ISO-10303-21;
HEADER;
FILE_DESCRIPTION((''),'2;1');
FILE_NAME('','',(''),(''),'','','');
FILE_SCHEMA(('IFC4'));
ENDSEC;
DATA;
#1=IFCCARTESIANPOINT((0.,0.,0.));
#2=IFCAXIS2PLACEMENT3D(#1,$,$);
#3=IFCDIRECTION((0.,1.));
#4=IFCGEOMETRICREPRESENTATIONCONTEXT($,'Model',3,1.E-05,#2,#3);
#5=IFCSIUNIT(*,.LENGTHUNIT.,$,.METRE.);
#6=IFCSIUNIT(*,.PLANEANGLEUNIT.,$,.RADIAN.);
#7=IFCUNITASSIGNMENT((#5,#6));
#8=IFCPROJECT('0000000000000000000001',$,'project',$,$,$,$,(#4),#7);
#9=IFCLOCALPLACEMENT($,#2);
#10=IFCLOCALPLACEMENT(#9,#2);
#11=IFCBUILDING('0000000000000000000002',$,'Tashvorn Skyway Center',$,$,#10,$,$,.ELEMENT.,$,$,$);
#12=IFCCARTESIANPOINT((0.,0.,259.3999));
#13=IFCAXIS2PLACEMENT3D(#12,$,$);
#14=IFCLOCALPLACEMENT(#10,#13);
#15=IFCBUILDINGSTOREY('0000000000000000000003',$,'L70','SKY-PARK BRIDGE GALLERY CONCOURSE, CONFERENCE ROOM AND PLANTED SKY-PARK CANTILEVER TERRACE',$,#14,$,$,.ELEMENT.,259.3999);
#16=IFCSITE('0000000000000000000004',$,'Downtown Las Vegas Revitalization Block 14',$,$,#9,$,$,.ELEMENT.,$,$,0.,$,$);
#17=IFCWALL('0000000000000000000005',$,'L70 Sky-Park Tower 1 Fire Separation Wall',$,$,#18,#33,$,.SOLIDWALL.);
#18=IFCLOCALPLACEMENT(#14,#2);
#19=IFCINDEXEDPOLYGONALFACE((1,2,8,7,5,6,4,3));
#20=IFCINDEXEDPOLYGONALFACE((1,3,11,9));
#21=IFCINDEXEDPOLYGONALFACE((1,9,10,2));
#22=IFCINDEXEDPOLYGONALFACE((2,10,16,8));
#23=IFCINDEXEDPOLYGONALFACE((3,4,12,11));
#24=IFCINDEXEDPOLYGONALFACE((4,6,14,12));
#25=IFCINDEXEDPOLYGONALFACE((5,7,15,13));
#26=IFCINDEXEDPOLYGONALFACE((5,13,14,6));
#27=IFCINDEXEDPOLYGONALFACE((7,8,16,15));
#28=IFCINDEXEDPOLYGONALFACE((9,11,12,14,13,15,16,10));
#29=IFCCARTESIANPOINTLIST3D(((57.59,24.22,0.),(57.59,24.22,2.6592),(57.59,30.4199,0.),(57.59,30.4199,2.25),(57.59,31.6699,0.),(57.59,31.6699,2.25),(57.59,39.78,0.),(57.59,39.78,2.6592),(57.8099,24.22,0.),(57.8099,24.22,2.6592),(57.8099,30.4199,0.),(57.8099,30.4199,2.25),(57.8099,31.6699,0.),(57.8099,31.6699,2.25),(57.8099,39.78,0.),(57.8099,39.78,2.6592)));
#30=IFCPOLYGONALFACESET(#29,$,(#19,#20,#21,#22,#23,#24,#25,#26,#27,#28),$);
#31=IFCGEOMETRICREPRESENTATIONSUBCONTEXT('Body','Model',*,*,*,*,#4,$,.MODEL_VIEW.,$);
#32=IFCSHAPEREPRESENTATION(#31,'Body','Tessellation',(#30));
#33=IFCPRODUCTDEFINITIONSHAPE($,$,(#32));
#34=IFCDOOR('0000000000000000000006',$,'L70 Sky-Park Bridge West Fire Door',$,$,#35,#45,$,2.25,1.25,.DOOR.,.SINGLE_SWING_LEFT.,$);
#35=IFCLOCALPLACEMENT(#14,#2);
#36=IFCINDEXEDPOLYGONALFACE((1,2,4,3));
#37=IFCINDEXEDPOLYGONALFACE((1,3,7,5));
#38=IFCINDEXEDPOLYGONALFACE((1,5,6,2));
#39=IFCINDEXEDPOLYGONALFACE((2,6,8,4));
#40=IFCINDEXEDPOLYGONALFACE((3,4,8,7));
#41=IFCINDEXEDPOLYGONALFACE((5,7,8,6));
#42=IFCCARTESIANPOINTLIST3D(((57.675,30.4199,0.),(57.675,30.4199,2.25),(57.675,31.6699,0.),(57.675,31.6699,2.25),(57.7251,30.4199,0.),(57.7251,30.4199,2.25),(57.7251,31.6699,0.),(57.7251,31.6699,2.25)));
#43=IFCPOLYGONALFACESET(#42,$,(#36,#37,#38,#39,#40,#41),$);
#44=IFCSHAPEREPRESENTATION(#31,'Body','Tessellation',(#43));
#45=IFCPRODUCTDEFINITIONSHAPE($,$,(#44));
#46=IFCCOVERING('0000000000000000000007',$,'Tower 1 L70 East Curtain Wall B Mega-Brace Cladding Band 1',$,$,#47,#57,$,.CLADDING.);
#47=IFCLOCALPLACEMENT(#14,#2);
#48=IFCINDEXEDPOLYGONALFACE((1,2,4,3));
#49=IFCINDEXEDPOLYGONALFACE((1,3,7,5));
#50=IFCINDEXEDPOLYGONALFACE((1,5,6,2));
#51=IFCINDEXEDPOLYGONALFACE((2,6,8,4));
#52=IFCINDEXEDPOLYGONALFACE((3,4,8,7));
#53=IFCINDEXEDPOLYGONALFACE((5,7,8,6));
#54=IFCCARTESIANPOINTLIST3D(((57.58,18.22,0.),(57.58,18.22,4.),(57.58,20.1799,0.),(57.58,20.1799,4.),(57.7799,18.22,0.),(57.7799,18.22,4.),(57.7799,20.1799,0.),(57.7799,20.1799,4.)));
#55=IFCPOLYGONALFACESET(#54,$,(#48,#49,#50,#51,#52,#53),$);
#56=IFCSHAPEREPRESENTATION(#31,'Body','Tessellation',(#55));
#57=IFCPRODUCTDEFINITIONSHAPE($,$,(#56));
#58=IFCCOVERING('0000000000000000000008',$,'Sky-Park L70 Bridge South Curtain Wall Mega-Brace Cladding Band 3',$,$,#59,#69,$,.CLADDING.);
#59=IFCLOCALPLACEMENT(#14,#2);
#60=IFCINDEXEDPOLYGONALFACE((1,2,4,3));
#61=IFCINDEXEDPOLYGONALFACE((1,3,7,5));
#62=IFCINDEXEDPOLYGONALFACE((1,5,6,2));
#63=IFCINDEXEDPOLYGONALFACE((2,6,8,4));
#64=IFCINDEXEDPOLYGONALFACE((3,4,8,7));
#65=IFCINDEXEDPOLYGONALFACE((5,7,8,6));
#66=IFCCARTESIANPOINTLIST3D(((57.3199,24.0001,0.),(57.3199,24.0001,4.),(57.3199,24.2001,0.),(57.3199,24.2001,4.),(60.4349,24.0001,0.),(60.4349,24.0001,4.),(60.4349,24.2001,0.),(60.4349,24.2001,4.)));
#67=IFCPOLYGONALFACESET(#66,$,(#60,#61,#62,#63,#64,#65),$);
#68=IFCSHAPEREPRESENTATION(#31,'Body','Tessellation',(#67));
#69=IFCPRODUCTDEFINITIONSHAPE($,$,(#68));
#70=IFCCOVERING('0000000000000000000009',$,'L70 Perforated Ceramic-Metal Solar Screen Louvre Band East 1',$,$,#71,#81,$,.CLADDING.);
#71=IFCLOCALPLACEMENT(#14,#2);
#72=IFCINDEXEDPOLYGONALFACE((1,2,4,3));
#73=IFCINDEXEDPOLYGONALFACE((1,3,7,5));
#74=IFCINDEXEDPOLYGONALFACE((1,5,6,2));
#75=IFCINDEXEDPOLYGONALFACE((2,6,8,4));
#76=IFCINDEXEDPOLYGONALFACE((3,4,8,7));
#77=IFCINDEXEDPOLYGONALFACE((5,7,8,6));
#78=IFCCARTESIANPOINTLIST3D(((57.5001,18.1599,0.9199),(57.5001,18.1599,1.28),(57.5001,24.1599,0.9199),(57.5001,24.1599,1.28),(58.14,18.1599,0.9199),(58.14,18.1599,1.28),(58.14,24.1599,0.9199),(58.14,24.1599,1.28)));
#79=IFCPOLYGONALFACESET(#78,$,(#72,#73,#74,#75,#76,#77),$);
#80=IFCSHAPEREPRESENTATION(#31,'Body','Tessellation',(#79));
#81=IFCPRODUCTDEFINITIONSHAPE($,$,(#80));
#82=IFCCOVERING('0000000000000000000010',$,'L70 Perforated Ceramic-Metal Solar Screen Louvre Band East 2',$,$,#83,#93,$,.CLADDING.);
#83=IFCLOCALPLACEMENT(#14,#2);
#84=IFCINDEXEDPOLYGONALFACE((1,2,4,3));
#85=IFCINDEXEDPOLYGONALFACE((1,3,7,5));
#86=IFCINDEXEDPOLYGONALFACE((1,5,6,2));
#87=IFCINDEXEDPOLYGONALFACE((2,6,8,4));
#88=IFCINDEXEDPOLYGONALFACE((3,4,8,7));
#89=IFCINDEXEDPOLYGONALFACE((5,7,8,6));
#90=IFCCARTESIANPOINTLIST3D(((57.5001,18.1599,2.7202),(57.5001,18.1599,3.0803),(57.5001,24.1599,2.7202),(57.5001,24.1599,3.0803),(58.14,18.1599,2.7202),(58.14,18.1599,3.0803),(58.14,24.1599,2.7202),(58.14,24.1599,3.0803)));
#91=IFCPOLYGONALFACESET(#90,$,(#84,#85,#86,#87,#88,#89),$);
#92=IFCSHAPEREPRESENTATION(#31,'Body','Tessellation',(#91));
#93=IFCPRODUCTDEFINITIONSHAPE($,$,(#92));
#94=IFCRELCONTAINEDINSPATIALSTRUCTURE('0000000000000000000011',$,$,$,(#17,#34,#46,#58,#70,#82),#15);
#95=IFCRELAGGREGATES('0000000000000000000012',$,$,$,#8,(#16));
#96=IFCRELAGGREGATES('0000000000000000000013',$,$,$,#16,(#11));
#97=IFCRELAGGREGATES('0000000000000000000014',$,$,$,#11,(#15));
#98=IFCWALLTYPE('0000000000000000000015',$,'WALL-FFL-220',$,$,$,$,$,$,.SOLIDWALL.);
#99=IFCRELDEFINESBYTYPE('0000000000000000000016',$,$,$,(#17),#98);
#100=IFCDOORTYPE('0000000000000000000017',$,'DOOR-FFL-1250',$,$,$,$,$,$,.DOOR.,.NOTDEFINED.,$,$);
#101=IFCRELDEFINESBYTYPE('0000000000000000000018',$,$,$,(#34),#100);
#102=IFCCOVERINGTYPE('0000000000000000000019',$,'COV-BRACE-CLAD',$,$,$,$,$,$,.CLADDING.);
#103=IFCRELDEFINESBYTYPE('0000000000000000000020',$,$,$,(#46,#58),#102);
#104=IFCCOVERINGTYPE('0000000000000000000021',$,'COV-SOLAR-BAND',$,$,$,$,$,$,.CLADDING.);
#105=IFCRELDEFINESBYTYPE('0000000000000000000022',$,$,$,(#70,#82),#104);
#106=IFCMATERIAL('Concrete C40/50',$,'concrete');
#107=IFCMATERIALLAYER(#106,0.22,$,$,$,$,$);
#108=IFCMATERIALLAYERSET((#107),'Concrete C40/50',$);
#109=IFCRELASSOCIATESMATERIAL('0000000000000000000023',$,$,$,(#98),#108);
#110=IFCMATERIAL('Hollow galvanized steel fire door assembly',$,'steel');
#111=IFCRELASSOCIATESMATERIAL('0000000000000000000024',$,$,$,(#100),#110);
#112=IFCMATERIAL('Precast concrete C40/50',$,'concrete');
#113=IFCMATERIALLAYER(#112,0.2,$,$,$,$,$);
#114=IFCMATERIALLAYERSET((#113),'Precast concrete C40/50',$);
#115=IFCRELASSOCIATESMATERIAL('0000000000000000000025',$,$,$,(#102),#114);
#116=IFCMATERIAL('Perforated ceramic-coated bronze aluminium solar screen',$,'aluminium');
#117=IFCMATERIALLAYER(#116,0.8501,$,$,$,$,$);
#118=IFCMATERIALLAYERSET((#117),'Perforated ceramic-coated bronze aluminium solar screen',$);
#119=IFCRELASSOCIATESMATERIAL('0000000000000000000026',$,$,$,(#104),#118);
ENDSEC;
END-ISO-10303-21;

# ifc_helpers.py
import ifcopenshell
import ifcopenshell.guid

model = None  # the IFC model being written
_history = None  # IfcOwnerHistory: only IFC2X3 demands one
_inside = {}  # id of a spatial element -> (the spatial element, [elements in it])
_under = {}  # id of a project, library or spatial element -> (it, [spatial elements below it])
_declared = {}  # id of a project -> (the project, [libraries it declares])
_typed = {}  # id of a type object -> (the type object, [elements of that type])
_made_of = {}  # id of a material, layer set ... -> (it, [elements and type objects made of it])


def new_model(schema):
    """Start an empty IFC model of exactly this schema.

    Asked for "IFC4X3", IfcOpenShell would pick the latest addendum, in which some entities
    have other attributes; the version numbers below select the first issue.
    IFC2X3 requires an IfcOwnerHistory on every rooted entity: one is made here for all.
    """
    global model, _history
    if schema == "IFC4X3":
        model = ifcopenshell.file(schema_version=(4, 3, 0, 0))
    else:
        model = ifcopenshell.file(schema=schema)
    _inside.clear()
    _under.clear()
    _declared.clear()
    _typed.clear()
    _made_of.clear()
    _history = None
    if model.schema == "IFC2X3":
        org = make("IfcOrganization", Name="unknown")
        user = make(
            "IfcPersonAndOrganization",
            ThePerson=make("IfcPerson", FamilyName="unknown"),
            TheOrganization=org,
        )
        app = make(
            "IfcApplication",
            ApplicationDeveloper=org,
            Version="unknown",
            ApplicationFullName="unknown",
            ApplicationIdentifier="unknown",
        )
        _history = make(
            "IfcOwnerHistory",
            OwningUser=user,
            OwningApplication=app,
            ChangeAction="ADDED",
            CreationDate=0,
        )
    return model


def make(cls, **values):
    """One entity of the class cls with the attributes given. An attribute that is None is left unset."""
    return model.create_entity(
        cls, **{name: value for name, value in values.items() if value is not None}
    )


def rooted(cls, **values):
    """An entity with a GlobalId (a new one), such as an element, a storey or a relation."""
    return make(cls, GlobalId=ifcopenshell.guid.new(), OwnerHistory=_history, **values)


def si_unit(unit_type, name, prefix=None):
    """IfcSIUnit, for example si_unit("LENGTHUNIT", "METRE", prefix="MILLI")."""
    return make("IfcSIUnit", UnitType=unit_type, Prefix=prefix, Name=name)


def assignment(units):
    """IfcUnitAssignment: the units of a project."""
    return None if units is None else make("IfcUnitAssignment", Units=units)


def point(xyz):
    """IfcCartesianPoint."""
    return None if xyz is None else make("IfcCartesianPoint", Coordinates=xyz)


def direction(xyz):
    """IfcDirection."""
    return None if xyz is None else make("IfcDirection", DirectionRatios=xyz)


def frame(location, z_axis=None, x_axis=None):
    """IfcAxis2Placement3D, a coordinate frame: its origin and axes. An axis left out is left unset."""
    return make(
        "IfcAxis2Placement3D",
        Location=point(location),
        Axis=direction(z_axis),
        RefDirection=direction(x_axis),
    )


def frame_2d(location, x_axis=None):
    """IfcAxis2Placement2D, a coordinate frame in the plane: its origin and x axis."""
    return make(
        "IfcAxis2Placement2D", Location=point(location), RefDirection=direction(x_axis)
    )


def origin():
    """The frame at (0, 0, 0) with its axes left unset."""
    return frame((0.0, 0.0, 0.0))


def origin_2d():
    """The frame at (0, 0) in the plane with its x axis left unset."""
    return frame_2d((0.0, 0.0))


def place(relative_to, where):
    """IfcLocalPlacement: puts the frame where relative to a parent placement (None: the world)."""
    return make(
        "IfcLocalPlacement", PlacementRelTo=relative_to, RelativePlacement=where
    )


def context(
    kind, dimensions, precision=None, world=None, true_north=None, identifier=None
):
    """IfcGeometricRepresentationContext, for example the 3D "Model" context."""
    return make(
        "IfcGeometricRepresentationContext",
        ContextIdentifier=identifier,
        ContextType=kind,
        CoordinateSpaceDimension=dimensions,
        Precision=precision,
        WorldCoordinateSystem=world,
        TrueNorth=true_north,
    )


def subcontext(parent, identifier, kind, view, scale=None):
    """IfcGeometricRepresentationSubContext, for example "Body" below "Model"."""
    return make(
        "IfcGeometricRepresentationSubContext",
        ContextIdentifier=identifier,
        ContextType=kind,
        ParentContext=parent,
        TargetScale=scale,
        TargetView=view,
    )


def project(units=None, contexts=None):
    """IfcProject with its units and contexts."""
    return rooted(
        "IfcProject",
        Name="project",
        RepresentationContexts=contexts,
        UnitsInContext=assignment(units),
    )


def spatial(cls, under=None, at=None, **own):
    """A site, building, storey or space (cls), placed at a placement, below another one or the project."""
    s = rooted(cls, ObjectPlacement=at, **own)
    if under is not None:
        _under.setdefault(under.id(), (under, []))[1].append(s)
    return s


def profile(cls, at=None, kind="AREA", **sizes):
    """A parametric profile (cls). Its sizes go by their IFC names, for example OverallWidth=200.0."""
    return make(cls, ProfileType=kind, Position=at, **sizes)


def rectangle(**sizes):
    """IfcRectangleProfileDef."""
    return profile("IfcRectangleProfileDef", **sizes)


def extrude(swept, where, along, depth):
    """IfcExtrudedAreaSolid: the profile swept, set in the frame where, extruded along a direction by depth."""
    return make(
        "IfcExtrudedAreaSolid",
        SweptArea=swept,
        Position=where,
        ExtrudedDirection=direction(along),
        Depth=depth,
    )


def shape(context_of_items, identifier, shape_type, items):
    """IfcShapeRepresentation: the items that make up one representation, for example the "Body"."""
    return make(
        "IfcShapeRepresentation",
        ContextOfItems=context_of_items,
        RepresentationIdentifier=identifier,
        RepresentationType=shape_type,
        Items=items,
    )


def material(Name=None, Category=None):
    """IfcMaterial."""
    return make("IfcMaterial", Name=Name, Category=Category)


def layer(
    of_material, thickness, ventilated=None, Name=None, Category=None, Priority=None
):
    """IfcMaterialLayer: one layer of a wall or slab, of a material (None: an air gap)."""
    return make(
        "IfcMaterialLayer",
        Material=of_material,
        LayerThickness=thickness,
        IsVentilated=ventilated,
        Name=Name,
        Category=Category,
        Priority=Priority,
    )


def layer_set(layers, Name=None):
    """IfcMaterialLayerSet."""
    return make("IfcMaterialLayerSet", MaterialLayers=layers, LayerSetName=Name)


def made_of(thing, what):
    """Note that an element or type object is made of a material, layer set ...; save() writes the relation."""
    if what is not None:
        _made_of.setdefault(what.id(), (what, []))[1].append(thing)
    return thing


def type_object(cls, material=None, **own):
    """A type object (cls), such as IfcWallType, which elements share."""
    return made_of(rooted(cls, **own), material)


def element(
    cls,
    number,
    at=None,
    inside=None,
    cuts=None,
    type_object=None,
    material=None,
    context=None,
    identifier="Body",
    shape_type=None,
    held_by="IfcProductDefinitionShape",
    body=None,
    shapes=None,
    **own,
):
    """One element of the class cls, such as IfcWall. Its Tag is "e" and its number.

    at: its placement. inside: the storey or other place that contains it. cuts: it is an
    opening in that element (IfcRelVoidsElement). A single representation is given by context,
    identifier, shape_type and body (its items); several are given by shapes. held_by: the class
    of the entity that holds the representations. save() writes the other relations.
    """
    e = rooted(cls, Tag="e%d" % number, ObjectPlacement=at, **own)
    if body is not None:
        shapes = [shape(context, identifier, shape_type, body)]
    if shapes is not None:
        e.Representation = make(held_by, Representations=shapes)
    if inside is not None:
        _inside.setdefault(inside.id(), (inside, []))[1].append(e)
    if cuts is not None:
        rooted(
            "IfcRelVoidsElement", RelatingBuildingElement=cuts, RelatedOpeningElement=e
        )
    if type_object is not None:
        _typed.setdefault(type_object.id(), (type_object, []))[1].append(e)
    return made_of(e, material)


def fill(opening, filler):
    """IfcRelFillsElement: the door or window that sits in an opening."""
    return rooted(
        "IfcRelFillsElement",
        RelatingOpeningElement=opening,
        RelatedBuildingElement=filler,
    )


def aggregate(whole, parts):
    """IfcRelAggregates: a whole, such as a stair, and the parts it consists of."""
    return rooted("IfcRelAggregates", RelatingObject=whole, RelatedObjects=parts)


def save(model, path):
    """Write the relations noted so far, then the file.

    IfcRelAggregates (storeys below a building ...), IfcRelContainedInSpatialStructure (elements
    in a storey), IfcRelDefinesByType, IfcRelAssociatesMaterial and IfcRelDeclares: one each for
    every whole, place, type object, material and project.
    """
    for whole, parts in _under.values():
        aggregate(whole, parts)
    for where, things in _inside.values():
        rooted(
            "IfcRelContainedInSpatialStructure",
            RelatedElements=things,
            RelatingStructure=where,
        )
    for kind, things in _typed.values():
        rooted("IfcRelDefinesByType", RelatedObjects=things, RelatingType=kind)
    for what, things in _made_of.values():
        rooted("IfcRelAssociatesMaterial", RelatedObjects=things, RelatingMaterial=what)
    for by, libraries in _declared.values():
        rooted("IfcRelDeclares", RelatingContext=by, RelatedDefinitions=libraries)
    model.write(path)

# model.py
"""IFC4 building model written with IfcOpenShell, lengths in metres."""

from ifc_helpers import new_model, si_unit, direction, frame, frame_2d, origin, origin_2d, place, context, subcontext, project, spatial, rectangle, extrude, material, layer, layer_set, type_object, element, fill, save


model = new_model("IFC4")

# Units and contexts
model_context = context("Model", 3, precision=1e-05, world=origin(), true_north=direction((0.0, 1.0)))
body_context = subcontext(model_context, "Body", "Model", "MODEL_VIEW")
ifc_project = project(units=[si_unit("LENGTHUNIT", "METRE"), si_unit("PLANEANGLEUNIT", "RADIAN")], contexts=[model_context])

# Site, building, storey
site_placement = place(None, origin())
site = spatial("IfcSite", under=ifc_project, at=site_placement, Name="Downtown Las Vegas Revitalization Block 14", CompositionType="ELEMENT", RefElevation=0.0)
building_placement = place(site_placement, origin())
building = spatial("IfcBuilding", under=site, at=building_placement, Name="Tashvorn Skyway Center", CompositionType="ELEMENT")
storey_placement = place(building_placement, frame((0.0, 0.0, 259.3999)))
storey = spatial("IfcBuildingStorey", under=building, at=storey_placement, Name="L70", Description="SKY-PARK BRIDGE GALLERY CONCOURSE, CONFERENCE ROOM AND PLANTED SKY-PARK CANTILEVER TERRACE", CompositionType="ELEMENT", Elevation=259.3999)

# Shared definitions
ifc_material_1 = material(Name="Precast concrete C40/50", Category="concrete")

# Wall, opening, door
ifc_material_2 = material(Name="Concrete C40/50", Category="concrete")
ifc_layer_1 = layer(ifc_material_2, 0.22)
ifc_layer_set_1 = layer_set([ifc_layer_1], Name="Concrete C40/50")
wall_type_1 = type_object("IfcWallType", Name="WALL-FFL-220", PredefinedType="SOLIDWALL", material=ifc_layer_set_1)
wall_1_placement = place(storey_placement, frame((57.7, 24.22, 0.0), z_axis=(0.0, 0.0, 1.0), x_axis=(0.0, 1.0, 0.0)))
wall_1 = element("IfcWall", 1, at=wall_1_placement, inside=storey, type_object=wall_type_1, Name="L70 Sky-Park Tower 1 Fire Separation Wall", PredefinedType="SOLIDWALL", context=body_context, shape_type="SweptSolid", body=[
    extrude(rectangle(XDim=15.5601, YDim=0.22, at=frame_2d((7.78, 0.0))), origin(), (0.0, 0.0, 1.0), 2.6592),
])
opening_placement = place(wall_1_placement, frame((6.2, 0.0, 0.0)))
opening = element("IfcOpeningElement", 2, at=opening_placement, cuts=wall_1, PredefinedType="OPENING", context=body_context, shape_type="SweptSolid", body=[
    extrude(rectangle(XDim=1.25, YDim=2.25, at=frame_2d((0.625, 1.125))), frame((0.0, 0.1199, 0.0), z_axis=(0.0, -1.0, 0.0), x_axis=(1.0, 0.0, 0.0)), (0.0, 0.0, 1.0), 0.24),
])
ifc_material_3 = material(Name="Hollow galvanized steel fire door assembly", Category="steel")
door_type = type_object("IfcDoorType", Name="DOOR-FFL-1250", OperationType="NOTDEFINED", PredefinedType="DOOR", material=ifc_material_3)
door_placement = place(opening_placement, origin())
door = element("IfcDoor", 3, at=door_placement, inside=storey, type_object=door_type, Name="L70 Sky-Park Bridge West Fire Door", OperationType="SINGLE_SWING_LEFT", OverallHeight=2.25, OverallWidth=1.25, PredefinedType="DOOR", context=body_context, shape_type="SweptSolid", body=[
    extrude(rectangle(XDim=1.25, YDim=2.25, at=frame_2d((0.625, 1.125))), frame((0.0, 0.0249, 0.0), z_axis=(0.0, -1.0, 0.0), x_axis=(1.0, 0.0, 0.0)), (0.0, 0.0, 1.0), 0.05),
])
fill(opening, door)

# Coverings
ifc_layer_2 = layer(ifc_material_1, 0.2)
ifc_layer_set_2 = layer_set([ifc_layer_2], Name="Precast concrete C40/50")
covering_type_1 = type_object("IfcCoveringType", Name="COV-BRACE-CLAD", PredefinedType="CLADDING", material=ifc_layer_set_2)
covering_1_placement = place(storey_placement, frame((57.6799, 19.2, 0.0), z_axis=(0.0, 0.0, 1.0), x_axis=(0.0, -1.0, 0.0)))
element("IfcCovering", 4, at=covering_1_placement, inside=storey, type_object=covering_type_1, Name="Tower 1 L70 East Curtain Wall B Mega-Brace Cladding Band 1", PredefinedType="CLADDING", context=body_context, shape_type="SweptSolid", body=[
    extrude(rectangle(XDim=1.96, YDim=0.2, at=origin_2d()), origin(), (0.0, 0.0, 1.0), 4.0),
])
covering_2_placement = place(storey_placement, frame((58.8774, 24.1001, 0.0), z_axis=(0.0, 0.0, 1.0), x_axis=(-1.0, 0.0, 0.0)))
element("IfcCovering", 5, at=covering_2_placement, inside=storey, type_object=covering_type_1, Name="Sky-Park L70 Bridge South Curtain Wall Mega-Brace Cladding Band 3", PredefinedType="CLADDING", context=body_context, shape_type="SweptSolid", body=[
    extrude(rectangle(XDim=3.115, YDim=0.2, at=origin_2d()), origin(), (0.0, 0.0, 1.0), 4.0),
])
ifc_material_4 = material(Name="Perforated ceramic-coated bronze aluminium solar screen", Category="aluminium")
ifc_layer_3 = layer(ifc_material_4, 0.8501)
ifc_layer_set_3 = layer_set([ifc_layer_3], Name="Perforated ceramic-coated bronze aluminium solar screen")
covering_type_2 = type_object("IfcCoveringType", Name="COV-SOLAR-BAND", PredefinedType="CLADDING", material=ifc_layer_set_3)
for number, where, z_axis, x_axis, name in (
    (6, (57.8201, 21.1599, 0.9199), (0.0, 0.0, 1.0), (0.0, -1.0, 0.0), "L70 Perforated Ceramic-Metal Solar Screen Louvre Band East 1"),
    (7, (57.8201, 21.1599, 2.7202), (0.0, 0.0, 1.0), (0.0, -1.0, 0.0), "L70 Perforated Ceramic-Metal Solar Screen Louvre Band East 2"),
):
    element("IfcCovering", number, at=place(storey_placement, frame(where, z_axis=z_axis, x_axis=x_axis)), inside=storey, type_object=covering_type_2, Name=name, PredefinedType="CLADDING", context=body_context, shape_type="SweptSolid", body=[
        extrude(rectangle(XDim=6.0, YDim=0.6399, at=origin_2d()), origin(), (0.0, 0.0, 1.0), 0.3601),
    ])

save(model, "model.ifc")
